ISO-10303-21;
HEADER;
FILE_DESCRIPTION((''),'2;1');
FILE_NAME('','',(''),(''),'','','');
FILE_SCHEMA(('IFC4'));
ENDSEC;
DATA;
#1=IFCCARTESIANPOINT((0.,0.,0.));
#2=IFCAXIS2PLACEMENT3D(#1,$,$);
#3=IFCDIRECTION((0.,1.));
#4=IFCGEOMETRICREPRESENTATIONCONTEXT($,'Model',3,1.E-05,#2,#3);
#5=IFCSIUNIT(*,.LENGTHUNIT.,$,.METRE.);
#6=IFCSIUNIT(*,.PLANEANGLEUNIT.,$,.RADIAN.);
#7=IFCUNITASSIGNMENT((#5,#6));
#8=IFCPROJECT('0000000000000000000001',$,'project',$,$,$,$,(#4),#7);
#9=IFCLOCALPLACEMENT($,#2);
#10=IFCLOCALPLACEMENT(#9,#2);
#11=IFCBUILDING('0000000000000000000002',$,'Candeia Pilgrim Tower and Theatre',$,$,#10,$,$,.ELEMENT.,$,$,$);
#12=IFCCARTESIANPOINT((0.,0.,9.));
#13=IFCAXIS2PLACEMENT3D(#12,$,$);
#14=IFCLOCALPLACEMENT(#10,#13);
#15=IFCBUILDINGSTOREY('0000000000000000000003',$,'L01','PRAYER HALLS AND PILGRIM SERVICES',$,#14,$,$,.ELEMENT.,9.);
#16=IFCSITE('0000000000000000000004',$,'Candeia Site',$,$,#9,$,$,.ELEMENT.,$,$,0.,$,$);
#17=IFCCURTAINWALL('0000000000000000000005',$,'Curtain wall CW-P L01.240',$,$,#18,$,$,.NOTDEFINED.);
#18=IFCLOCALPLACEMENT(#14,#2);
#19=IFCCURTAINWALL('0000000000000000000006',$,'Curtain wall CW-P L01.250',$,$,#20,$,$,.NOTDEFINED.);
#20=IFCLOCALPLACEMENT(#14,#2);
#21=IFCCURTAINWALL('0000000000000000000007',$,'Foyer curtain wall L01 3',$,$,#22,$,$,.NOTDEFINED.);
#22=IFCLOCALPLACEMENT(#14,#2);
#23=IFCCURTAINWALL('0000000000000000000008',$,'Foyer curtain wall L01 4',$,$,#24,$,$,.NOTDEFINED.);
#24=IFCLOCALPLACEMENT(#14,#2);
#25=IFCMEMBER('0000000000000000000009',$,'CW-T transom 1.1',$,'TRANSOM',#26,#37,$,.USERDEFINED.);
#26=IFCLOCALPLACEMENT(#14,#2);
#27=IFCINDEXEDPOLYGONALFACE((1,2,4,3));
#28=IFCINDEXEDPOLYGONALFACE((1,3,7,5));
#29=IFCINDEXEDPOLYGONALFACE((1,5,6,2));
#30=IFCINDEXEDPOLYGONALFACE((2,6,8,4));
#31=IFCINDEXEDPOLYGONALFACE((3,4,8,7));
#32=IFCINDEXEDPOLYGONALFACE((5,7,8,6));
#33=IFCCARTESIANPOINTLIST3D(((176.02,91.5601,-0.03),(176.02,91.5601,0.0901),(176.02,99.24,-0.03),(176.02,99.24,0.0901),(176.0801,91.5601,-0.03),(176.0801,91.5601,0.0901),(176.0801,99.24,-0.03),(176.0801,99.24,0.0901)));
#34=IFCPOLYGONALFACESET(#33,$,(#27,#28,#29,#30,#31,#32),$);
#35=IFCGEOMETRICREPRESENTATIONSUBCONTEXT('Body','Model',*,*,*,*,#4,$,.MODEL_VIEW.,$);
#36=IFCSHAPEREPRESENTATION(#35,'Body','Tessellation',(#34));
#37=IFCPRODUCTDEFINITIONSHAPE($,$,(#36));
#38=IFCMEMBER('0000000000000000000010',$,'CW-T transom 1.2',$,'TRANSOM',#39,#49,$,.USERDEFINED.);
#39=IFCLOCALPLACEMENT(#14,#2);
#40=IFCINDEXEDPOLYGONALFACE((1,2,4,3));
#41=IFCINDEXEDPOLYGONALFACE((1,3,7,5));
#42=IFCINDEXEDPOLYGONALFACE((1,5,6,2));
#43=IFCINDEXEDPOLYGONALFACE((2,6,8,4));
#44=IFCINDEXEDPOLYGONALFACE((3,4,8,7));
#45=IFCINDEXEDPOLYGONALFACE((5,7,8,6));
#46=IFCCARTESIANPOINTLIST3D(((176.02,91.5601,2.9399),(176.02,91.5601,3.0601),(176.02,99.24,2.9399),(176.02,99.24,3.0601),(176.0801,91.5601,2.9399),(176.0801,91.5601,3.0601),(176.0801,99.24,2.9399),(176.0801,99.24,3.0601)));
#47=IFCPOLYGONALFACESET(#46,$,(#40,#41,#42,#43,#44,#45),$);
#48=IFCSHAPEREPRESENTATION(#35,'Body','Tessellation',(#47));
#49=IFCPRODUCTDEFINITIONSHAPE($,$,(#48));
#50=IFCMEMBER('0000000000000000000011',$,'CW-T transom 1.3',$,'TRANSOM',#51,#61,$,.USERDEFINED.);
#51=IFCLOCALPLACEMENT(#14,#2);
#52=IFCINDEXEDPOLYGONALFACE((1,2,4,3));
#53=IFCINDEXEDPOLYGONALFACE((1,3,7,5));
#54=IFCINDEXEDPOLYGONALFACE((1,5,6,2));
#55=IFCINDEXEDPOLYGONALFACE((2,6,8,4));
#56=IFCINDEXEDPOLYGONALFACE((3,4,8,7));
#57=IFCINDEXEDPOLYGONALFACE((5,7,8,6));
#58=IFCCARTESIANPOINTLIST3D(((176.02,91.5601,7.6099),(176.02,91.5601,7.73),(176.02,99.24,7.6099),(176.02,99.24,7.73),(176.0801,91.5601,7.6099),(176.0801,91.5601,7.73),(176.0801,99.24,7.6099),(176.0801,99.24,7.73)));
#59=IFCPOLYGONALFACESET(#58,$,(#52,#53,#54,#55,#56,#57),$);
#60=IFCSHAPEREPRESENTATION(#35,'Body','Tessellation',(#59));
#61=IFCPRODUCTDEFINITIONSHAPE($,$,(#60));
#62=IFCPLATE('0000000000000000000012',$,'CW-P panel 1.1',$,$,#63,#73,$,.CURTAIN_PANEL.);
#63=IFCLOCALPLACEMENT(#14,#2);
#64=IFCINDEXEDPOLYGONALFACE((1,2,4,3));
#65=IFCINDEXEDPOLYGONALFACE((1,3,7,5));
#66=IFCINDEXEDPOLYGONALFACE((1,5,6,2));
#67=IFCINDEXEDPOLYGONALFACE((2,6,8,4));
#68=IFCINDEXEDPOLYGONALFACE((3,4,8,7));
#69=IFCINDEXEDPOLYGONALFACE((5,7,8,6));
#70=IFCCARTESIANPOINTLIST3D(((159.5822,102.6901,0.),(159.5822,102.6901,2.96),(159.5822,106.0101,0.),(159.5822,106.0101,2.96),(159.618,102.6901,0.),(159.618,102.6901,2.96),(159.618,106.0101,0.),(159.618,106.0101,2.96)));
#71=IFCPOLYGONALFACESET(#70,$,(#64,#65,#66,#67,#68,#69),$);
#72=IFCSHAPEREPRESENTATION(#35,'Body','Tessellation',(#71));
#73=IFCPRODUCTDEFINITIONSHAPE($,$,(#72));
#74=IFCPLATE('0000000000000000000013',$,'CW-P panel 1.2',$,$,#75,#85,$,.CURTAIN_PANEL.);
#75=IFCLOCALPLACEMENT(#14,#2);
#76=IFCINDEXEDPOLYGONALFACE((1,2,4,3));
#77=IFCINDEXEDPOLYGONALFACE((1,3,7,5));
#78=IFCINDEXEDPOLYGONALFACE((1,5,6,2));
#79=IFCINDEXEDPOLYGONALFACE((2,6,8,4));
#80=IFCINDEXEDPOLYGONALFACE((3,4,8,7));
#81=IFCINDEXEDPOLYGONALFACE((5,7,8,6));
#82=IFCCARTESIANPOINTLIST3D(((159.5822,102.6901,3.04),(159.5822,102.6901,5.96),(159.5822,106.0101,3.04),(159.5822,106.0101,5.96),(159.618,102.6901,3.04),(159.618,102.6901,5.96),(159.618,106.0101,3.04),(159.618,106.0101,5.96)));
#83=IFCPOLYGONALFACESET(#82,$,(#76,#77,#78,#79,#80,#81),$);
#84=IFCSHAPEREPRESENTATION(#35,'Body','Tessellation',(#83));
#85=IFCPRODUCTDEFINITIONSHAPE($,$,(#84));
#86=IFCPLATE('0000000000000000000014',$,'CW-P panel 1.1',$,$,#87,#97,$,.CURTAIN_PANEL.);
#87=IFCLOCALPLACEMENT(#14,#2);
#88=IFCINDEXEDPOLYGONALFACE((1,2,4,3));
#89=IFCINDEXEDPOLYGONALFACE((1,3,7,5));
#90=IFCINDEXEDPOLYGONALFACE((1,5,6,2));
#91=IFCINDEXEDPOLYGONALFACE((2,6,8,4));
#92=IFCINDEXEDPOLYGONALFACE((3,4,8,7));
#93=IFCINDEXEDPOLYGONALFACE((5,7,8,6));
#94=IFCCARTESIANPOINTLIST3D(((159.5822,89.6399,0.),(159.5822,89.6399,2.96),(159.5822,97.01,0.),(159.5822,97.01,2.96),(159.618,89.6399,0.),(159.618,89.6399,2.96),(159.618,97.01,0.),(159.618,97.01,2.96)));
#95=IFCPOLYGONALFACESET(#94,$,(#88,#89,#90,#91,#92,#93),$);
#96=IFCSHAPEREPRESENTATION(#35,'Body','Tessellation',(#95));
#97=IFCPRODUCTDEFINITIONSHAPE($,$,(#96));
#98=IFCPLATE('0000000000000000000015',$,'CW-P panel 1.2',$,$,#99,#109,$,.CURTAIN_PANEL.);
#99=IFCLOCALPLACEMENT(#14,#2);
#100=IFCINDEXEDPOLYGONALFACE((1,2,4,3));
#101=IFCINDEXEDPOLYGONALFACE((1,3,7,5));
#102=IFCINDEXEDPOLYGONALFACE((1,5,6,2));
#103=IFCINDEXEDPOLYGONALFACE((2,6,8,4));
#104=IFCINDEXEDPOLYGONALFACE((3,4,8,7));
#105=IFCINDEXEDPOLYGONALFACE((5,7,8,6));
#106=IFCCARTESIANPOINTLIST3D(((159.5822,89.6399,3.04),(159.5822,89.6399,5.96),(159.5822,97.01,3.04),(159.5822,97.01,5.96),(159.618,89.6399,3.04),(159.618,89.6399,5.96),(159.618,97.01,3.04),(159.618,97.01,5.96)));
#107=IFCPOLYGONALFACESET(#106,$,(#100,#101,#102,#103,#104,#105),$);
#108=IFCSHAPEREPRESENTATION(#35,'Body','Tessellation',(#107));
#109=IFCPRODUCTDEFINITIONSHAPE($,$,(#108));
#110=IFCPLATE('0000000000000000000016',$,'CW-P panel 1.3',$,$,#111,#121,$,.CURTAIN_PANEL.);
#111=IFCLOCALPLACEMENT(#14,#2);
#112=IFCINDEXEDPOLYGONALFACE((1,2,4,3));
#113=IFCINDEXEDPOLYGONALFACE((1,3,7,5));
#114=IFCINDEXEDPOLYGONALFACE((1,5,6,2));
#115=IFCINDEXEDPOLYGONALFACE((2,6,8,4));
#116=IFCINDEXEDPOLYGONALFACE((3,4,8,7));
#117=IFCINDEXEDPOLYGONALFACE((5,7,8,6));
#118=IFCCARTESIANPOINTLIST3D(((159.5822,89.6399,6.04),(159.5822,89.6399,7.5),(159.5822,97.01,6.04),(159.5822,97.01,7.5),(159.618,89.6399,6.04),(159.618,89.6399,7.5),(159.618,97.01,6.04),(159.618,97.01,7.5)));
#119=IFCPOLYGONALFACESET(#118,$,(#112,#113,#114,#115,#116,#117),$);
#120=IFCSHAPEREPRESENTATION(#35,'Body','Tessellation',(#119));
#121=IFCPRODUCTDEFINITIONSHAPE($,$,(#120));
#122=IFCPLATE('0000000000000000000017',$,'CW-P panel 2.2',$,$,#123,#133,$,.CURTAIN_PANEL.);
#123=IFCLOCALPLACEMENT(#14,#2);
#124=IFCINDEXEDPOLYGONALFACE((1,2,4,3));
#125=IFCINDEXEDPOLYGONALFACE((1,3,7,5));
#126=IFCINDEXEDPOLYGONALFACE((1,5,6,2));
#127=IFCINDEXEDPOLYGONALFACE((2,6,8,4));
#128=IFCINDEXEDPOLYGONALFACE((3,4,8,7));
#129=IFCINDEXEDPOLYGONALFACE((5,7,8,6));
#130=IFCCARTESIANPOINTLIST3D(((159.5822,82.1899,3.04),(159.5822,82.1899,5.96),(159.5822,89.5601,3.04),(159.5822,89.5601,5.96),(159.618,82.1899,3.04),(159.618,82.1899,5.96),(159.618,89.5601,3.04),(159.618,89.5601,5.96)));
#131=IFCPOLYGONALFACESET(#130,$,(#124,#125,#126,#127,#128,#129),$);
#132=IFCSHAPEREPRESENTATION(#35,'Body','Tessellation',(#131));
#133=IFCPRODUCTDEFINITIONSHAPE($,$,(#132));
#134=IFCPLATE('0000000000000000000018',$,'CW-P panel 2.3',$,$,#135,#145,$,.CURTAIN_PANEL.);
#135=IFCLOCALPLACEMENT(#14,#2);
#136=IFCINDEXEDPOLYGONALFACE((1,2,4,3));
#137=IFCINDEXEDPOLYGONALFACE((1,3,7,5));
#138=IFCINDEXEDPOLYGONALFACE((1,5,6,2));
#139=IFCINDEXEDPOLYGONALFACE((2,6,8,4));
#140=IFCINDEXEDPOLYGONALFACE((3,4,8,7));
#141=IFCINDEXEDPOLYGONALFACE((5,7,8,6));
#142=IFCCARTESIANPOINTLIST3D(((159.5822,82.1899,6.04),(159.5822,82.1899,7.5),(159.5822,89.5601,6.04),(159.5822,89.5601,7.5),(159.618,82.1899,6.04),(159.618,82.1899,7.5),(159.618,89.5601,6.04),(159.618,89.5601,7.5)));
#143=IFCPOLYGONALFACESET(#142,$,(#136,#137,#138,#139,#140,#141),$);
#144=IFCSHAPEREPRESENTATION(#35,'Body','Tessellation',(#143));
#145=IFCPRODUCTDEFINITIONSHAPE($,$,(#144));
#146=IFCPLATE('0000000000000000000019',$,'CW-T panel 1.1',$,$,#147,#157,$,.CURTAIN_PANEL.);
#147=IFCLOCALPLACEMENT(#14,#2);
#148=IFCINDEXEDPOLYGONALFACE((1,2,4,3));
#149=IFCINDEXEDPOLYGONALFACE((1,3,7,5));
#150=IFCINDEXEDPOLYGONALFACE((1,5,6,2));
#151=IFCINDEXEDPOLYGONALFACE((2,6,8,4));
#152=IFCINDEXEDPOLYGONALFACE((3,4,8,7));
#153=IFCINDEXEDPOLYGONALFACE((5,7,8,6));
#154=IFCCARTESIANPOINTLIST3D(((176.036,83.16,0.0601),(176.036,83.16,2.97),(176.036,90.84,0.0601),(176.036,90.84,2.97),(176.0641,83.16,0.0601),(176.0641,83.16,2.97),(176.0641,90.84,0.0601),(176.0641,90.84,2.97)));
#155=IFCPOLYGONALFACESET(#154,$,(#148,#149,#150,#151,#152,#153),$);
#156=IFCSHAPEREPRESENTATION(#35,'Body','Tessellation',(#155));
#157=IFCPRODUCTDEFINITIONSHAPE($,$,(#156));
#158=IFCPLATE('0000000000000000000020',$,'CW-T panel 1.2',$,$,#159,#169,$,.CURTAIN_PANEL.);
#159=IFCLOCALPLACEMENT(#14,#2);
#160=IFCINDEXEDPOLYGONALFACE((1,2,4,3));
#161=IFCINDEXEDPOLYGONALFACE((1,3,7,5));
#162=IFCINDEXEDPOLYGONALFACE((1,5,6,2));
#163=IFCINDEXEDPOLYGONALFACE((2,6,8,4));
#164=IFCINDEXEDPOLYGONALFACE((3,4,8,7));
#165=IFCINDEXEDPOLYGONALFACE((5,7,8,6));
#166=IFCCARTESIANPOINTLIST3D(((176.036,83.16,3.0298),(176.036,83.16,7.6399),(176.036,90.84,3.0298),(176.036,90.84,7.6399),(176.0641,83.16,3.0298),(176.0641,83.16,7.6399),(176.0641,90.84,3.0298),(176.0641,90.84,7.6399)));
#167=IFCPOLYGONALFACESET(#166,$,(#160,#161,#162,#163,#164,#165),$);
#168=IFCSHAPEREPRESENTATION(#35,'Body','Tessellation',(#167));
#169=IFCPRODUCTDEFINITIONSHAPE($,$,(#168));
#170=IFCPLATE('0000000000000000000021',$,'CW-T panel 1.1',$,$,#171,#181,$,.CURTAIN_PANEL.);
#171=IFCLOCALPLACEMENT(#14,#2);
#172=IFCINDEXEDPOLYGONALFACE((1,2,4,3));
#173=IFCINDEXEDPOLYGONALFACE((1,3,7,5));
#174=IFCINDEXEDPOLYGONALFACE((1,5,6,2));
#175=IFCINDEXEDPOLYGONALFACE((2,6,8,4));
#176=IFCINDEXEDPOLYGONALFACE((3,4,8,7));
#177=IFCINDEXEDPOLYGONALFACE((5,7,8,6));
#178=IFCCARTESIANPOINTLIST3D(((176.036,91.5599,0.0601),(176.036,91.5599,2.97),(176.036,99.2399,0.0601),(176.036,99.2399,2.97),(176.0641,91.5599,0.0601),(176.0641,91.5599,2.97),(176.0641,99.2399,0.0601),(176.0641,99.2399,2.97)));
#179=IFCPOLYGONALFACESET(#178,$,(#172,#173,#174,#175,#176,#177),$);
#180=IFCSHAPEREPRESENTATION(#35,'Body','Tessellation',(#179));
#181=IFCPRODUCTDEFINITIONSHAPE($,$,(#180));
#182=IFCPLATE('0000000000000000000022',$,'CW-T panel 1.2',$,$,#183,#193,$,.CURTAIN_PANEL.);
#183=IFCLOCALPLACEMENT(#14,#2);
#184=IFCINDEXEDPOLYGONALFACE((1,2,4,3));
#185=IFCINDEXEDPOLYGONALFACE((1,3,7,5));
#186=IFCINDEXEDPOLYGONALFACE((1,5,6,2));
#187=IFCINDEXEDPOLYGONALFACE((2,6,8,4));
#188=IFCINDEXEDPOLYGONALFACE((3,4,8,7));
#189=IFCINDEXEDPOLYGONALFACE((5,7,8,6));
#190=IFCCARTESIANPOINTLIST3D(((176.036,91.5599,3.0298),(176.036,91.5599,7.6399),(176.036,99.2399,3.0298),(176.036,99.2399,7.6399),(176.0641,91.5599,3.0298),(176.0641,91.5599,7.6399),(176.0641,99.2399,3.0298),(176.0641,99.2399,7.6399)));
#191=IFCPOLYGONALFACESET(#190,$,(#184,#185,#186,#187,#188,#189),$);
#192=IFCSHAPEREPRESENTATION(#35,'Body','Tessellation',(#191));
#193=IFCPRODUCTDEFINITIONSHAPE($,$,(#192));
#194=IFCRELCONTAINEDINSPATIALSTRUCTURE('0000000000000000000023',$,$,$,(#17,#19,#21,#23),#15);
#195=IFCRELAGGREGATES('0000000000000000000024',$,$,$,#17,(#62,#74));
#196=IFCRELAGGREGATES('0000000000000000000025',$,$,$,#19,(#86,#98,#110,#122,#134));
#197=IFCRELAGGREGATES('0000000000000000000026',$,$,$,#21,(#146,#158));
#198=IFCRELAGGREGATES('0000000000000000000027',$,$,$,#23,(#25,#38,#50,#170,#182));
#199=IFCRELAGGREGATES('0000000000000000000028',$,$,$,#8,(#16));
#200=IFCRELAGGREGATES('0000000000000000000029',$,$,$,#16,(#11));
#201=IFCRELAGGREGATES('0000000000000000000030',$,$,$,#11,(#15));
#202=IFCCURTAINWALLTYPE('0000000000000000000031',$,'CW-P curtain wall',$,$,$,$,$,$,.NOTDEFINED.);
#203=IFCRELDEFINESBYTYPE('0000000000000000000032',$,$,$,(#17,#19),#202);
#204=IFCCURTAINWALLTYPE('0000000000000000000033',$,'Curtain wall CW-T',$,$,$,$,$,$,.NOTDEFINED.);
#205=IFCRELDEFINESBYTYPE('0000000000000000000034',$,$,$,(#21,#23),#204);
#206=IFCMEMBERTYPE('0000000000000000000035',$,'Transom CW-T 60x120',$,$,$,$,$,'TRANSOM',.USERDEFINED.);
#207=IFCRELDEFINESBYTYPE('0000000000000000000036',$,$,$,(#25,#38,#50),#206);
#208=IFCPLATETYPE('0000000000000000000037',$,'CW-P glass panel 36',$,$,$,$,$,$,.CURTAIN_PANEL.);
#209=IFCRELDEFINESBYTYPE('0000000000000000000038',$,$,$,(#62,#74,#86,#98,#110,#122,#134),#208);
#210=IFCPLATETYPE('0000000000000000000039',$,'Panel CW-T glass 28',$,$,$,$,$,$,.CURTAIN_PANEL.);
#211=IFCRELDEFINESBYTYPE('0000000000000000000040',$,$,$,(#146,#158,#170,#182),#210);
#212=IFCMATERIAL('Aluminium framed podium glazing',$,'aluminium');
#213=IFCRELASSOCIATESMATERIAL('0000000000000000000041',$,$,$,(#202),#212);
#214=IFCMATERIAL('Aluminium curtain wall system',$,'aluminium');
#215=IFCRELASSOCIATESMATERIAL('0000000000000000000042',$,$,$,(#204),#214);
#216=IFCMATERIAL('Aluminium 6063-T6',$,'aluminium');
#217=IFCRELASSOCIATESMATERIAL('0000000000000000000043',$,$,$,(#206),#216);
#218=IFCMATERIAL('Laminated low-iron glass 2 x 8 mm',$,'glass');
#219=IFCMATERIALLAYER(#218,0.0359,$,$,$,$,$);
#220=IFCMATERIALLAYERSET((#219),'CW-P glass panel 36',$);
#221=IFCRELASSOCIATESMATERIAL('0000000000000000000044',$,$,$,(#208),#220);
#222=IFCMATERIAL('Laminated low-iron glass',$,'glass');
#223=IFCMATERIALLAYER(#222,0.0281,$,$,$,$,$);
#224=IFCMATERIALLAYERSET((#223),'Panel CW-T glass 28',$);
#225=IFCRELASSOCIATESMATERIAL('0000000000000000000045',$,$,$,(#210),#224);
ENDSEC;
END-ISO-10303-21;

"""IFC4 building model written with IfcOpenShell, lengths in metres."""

from ifc_helpers import new_model, si_unit, direction, frame, origin, origin_2d, place, context, subcontext, project, spatial, rectangle, extrude, material, layer, layer_set, material_profile, profile_set, type_object, element, aggregate, save


model = new_model("IFC4")

# Units and contexts
model_context = context("Model", 3, precision=1e-05, world=origin(), true_north=direction((0.0, 1.0)))
body_context = subcontext(model_context, "Body", "Model", "MODEL_VIEW")
ifc_project = project(units=[si_unit("LENGTHUNIT", "METRE"), si_unit("PLANEANGLEUNIT", "RADIAN")], contexts=[model_context])

# Site, building, storey
site_placement = place(None, origin())
site = spatial("IfcSite", under=ifc_project, at=site_placement, Name="Candeia Site", CompositionType="ELEMENT", RefElevation=0.0)
building_placement = place(site_placement, origin())
building = spatial("IfcBuilding", under=site, at=building_placement, Name="Candeia Pilgrim Tower and Theatre", CompositionType="ELEMENT")
storey_placement = place(building_placement, frame((0.0, 0.0, 9.0)))
storey = spatial("IfcBuildingStorey", under=building, at=storey_placement, Name="L01", Description="PRAYER HALLS AND PILGRIM SERVICES", CompositionType="ELEMENT", Elevation=9.0)

# Curtain wall
ifc_material_1 = material(Name="Aluminium framed podium glazing", Category="aluminium")
curtain_wall_type_1 = type_object("IfcCurtainWallType", Name="CW-P curtain wall", PredefinedType="NOTDEFINED", material=ifc_material_1)
curtain_wall_1_placement = place(storey_placement, origin())
curtain_wall_1 = element("IfcCurtainWall", 1, at=curtain_wall_1_placement, inside=storey, type_object=curtain_wall_type_1, Name="Curtain wall CW-P L01.240", PredefinedType="NOTDEFINED")

# Curtain wall
curtain_wall_2_placement = place(storey_placement, origin())
curtain_wall_2 = element("IfcCurtainWall", 2, at=curtain_wall_2_placement, inside=storey, type_object=curtain_wall_type_1, Name="Curtain wall CW-P L01.250", PredefinedType="NOTDEFINED")

# Curtain wall
ifc_material_2 = material(Name="Aluminium curtain wall system", Category="aluminium")
curtain_wall_type_2 = type_object("IfcCurtainWallType", Name="Curtain wall CW-T", PredefinedType="NOTDEFINED", material=ifc_material_2)
curtain_wall_3_placement = place(storey_placement, origin())
curtain_wall_3 = element("IfcCurtainWall", 3, at=curtain_wall_3_placement, inside=storey, type_object=curtain_wall_type_2, Name="Foyer curtain wall L01 3", PredefinedType="NOTDEFINED")
ifc_material_3 = material(Name="Aluminium 6063-T6", Category="aluminium")

# Curtain wall, members
curtain_wall_4_placement = place(storey_placement, origin())
curtain_wall_4 = element("IfcCurtainWall", 4, at=curtain_wall_4_placement, inside=storey, type_object=curtain_wall_type_2, Name="Foyer curtain wall L01 4", PredefinedType="NOTDEFINED")
ifc_material_profile_1 = material_profile(ifc_material_3, rectangle(XDim=0.0601, YDim=0.1201, at=origin_2d()))
ifc_profile_set_1 = profile_set([ifc_material_profile_1], Name="Aluminium 6063-T6")
member_type_1 = type_object("IfcMemberType", Name="Transom CW-T 60x120", ElementType="TRANSOM", PredefinedType="USERDEFINED", material=ifc_profile_set_1)
member_1_placement = place(storey_placement, frame((176.05, 91.5601, 0.03), z_axis=(0.0, 1.0, 0.0), x_axis=(-1.0, 0.0, 0.0)))
member_1 = element("IfcMember", 5, at=member_1_placement, type_object=member_type_1, Name="CW-T transom 1.1", ObjectType="TRANSOM", PredefinedType="USERDEFINED", context=body_context, shape_type="SweptSolid", body=[
    extrude(rectangle(XDim=0.0601, YDim=0.1201, at=origin_2d()), origin(), (0.0, 0.0, 1.0), 7.6799),
])
member_2_placement = place(storey_placement, frame((176.05, 91.5601, 3.0), z_axis=(0.0, 1.0, 0.0), x_axis=(-1.0, 0.0, 0.0)))
member_2 = element("IfcMember", 6, at=member_2_placement, type_object=member_type_1, Name="CW-T transom 1.2", ObjectType="TRANSOM", PredefinedType="USERDEFINED", context=body_context, shape_type="SweptSolid", body=[
    extrude(rectangle(XDim=0.0601, YDim=0.1201, at=origin_2d()), origin(), (0.0, 0.0, 1.0), 7.6799),
])
member_3_placement = place(storey_placement, frame((176.05, 91.5601, 7.6699), z_axis=(0.0, 1.0, 0.0), x_axis=(-1.0, 0.0, 0.0)))
member_3 = element("IfcMember", 7, at=member_3_placement, type_object=member_type_1, Name="CW-T transom 1.3", ObjectType="TRANSOM", PredefinedType="USERDEFINED", context=body_context, shape_type="SweptSolid", body=[
    extrude(rectangle(XDim=0.0601, YDim=0.1201, at=origin_2d()), origin(), (0.0, 0.0, 1.0), 7.6799),
])

# Plates
ifc_material_4 = material(Name="Laminated low-iron glass 2 x 8 mm", Category="glass")
ifc_layer_1 = layer(ifc_material_4, 0.0359)
ifc_layer_set_1 = layer_set([ifc_layer_1], Name="CW-P glass panel 36")
plate_type_1 = type_object("IfcPlateType", Name="CW-P glass panel 36", PredefinedType="CURTAIN_PANEL", material=ifc_layer_set_1)
plate_1_placement = place(storey_placement, frame((159.6001, 104.3501, 0.0), z_axis=(0.0, 0.0, 1.0), x_axis=(0.0, -1.0, 0.0)))
plate_1 = element("IfcPlate", 8, at=plate_1_placement, type_object=plate_type_1, Name="CW-P panel 1.1", PredefinedType="CURTAIN_PANEL", context=body_context, shape_type="SweptSolid", body=[
    extrude(rectangle(XDim=3.3201, YDim=0.0359, at=origin_2d()), origin(), (0.0, 0.0, 1.0), 2.96),
])
plate_2_placement = place(storey_placement, frame((159.6001, 104.3501, 3.04), z_axis=(0.0, 0.0, 1.0), x_axis=(0.0, -1.0, 0.0)))
plate_2 = element("IfcPlate", 9, at=plate_2_placement, type_object=plate_type_1, Name="CW-P panel 1.2", PredefinedType="CURTAIN_PANEL", context=body_context, shape_type="SweptSolid", body=[
    extrude(rectangle(XDim=3.3201, YDim=0.0359, at=origin_2d()), origin(), (0.0, 0.0, 1.0), 2.9199),
])
aggregate(curtain_wall_1, [plate_1, plate_2])
plate_3_placement = place(storey_placement, frame((159.6001, 93.325, 0.0), z_axis=(0.0, 0.0, 1.0), x_axis=(0.0, -1.0, 0.0)))
plate_3 = element("IfcPlate", 10, at=plate_3_placement, type_object=plate_type_1, Name="CW-P panel 1.1", PredefinedType="CURTAIN_PANEL", context=body_context, shape_type="SweptSolid", body=[
    extrude(rectangle(XDim=7.3701, YDim=0.0359, at=origin_2d()), origin(), (0.0, 0.0, 1.0), 2.96),
])
plate_4_placement = place(storey_placement, frame((159.6001, 93.325, 3.04), z_axis=(0.0, 0.0, 1.0), x_axis=(0.0, -1.0, 0.0)))
plate_4 = element("IfcPlate", 11, at=plate_4_placement, type_object=plate_type_1, Name="CW-P panel 1.2", PredefinedType="CURTAIN_PANEL", context=body_context, shape_type="SweptSolid", body=[
    extrude(rectangle(XDim=7.3701, YDim=0.0359, at=origin_2d()), origin(), (0.0, 0.0, 1.0), 2.9199),
])
plate_5_placement = place(storey_placement, frame((159.6001, 93.325, 6.04), z_axis=(0.0, 0.0, 1.0), x_axis=(0.0, -1.0, 0.0)))
plate_5 = element("IfcPlate", 12, at=plate_5_placement, type_object=plate_type_1, Name="CW-P panel 1.3", PredefinedType="CURTAIN_PANEL", context=body_context, shape_type="SweptSolid", body=[
    extrude(rectangle(XDim=7.3701, YDim=0.0359, at=origin_2d()), origin(), (0.0, 0.0, 1.0), 1.46),
])
plate_6_placement = place(storey_placement, frame((159.6001, 85.875, 3.04), z_axis=(0.0, 0.0, 1.0), x_axis=(0.0, -1.0, 0.0)))
plate_6 = element("IfcPlate", 13, at=plate_6_placement, type_object=plate_type_1, Name="CW-P panel 2.2", PredefinedType="CURTAIN_PANEL", context=body_context, shape_type="SweptSolid", body=[
    extrude(rectangle(XDim=7.3701, YDim=0.0359, at=origin_2d()), origin(), (0.0, 0.0, 1.0), 2.9199),
])
plate_7_placement = place(storey_placement, frame((159.6001, 85.875, 6.04), z_axis=(0.0, 0.0, 1.0), x_axis=(0.0, -1.0, 0.0)))
plate_7 = element("IfcPlate", 14, at=plate_7_placement, type_object=plate_type_1, Name="CW-P panel 2.3", PredefinedType="CURTAIN_PANEL", context=body_context, shape_type="SweptSolid", body=[
    extrude(rectangle(XDim=7.3701, YDim=0.0359, at=origin_2d()), origin(), (0.0, 0.0, 1.0), 1.46),
])
aggregate(curtain_wall_2, [plate_3, plate_4, plate_5, plate_6, plate_7])
ifc_material_5 = material(Name="Laminated low-iron glass", Category="glass")
ifc_layer_2 = layer(ifc_material_5, 0.0281)
ifc_layer_set_2 = layer_set([ifc_layer_2], Name="Panel CW-T glass 28")
plate_type_2 = type_object("IfcPlateType", Name="Panel CW-T glass 28", PredefinedType="CURTAIN_PANEL", material=ifc_layer_set_2)
plate_8_placement = place(storey_placement, frame((176.05, 87.0, 0.0601), z_axis=(0.0, 0.0, 1.0), x_axis=(0.0, 1.0, 0.0)))
plate_8 = element("IfcPlate", 15, at=plate_8_placement, type_object=plate_type_2, Name="CW-T panel 1.1", PredefinedType="CURTAIN_PANEL", context=body_context, shape_type="SweptSolid", body=[
    extrude(rectangle(XDim=7.6799, YDim=0.0281, at=origin_2d()), origin(), (0.0, 0.0, 1.0), 2.9099),
])
plate_9_placement = place(storey_placement, frame((176.05, 87.0, 3.0298), z_axis=(0.0, 0.0, 1.0), x_axis=(0.0, 1.0, 0.0)))
plate_9 = element("IfcPlate", 16, at=plate_9_placement, type_object=plate_type_2, Name="CW-T panel 1.2", PredefinedType="CURTAIN_PANEL", context=body_context, shape_type="SweptSolid", body=[
    extrude(rectangle(XDim=7.6799, YDim=0.0281, at=origin_2d()), origin(), (0.0, 0.0, 1.0), 4.6101),
])
aggregate(curtain_wall_3, [plate_8, plate_9])
plate_10_placement = place(storey_placement, frame((176.05, 95.3999, 0.0601), z_axis=(0.0, 0.0, 1.0), x_axis=(0.0, 1.0, 0.0)))
plate_10 = element("IfcPlate", 17, at=plate_10_placement, type_object=plate_type_2, Name="CW-T panel 1.1", PredefinedType="CURTAIN_PANEL", context=body_context, shape_type="SweptSolid", body=[
    extrude(rectangle(XDim=7.6799, YDim=0.0281, at=origin_2d()), origin(), (0.0, 0.0, 1.0), 2.9099),
])
plate_11_placement = place(storey_placement, frame((176.05, 95.3999, 3.0298), z_axis=(0.0, 0.0, 1.0), x_axis=(0.0, 1.0, 0.0)))
plate_11 = element("IfcPlate", 18, at=plate_11_placement, type_object=plate_type_2, Name="CW-T panel 1.2", PredefinedType="CURTAIN_PANEL", context=body_context, shape_type="SweptSolid", body=[
    extrude(rectangle(XDim=7.6799, YDim=0.0281, at=origin_2d()), origin(), (0.0, 0.0, 1.0), 4.6101),
])
aggregate(curtain_wall_4, [member_1, member_2, member_3, plate_10, plate_11])

save(model, "model.ifc")
